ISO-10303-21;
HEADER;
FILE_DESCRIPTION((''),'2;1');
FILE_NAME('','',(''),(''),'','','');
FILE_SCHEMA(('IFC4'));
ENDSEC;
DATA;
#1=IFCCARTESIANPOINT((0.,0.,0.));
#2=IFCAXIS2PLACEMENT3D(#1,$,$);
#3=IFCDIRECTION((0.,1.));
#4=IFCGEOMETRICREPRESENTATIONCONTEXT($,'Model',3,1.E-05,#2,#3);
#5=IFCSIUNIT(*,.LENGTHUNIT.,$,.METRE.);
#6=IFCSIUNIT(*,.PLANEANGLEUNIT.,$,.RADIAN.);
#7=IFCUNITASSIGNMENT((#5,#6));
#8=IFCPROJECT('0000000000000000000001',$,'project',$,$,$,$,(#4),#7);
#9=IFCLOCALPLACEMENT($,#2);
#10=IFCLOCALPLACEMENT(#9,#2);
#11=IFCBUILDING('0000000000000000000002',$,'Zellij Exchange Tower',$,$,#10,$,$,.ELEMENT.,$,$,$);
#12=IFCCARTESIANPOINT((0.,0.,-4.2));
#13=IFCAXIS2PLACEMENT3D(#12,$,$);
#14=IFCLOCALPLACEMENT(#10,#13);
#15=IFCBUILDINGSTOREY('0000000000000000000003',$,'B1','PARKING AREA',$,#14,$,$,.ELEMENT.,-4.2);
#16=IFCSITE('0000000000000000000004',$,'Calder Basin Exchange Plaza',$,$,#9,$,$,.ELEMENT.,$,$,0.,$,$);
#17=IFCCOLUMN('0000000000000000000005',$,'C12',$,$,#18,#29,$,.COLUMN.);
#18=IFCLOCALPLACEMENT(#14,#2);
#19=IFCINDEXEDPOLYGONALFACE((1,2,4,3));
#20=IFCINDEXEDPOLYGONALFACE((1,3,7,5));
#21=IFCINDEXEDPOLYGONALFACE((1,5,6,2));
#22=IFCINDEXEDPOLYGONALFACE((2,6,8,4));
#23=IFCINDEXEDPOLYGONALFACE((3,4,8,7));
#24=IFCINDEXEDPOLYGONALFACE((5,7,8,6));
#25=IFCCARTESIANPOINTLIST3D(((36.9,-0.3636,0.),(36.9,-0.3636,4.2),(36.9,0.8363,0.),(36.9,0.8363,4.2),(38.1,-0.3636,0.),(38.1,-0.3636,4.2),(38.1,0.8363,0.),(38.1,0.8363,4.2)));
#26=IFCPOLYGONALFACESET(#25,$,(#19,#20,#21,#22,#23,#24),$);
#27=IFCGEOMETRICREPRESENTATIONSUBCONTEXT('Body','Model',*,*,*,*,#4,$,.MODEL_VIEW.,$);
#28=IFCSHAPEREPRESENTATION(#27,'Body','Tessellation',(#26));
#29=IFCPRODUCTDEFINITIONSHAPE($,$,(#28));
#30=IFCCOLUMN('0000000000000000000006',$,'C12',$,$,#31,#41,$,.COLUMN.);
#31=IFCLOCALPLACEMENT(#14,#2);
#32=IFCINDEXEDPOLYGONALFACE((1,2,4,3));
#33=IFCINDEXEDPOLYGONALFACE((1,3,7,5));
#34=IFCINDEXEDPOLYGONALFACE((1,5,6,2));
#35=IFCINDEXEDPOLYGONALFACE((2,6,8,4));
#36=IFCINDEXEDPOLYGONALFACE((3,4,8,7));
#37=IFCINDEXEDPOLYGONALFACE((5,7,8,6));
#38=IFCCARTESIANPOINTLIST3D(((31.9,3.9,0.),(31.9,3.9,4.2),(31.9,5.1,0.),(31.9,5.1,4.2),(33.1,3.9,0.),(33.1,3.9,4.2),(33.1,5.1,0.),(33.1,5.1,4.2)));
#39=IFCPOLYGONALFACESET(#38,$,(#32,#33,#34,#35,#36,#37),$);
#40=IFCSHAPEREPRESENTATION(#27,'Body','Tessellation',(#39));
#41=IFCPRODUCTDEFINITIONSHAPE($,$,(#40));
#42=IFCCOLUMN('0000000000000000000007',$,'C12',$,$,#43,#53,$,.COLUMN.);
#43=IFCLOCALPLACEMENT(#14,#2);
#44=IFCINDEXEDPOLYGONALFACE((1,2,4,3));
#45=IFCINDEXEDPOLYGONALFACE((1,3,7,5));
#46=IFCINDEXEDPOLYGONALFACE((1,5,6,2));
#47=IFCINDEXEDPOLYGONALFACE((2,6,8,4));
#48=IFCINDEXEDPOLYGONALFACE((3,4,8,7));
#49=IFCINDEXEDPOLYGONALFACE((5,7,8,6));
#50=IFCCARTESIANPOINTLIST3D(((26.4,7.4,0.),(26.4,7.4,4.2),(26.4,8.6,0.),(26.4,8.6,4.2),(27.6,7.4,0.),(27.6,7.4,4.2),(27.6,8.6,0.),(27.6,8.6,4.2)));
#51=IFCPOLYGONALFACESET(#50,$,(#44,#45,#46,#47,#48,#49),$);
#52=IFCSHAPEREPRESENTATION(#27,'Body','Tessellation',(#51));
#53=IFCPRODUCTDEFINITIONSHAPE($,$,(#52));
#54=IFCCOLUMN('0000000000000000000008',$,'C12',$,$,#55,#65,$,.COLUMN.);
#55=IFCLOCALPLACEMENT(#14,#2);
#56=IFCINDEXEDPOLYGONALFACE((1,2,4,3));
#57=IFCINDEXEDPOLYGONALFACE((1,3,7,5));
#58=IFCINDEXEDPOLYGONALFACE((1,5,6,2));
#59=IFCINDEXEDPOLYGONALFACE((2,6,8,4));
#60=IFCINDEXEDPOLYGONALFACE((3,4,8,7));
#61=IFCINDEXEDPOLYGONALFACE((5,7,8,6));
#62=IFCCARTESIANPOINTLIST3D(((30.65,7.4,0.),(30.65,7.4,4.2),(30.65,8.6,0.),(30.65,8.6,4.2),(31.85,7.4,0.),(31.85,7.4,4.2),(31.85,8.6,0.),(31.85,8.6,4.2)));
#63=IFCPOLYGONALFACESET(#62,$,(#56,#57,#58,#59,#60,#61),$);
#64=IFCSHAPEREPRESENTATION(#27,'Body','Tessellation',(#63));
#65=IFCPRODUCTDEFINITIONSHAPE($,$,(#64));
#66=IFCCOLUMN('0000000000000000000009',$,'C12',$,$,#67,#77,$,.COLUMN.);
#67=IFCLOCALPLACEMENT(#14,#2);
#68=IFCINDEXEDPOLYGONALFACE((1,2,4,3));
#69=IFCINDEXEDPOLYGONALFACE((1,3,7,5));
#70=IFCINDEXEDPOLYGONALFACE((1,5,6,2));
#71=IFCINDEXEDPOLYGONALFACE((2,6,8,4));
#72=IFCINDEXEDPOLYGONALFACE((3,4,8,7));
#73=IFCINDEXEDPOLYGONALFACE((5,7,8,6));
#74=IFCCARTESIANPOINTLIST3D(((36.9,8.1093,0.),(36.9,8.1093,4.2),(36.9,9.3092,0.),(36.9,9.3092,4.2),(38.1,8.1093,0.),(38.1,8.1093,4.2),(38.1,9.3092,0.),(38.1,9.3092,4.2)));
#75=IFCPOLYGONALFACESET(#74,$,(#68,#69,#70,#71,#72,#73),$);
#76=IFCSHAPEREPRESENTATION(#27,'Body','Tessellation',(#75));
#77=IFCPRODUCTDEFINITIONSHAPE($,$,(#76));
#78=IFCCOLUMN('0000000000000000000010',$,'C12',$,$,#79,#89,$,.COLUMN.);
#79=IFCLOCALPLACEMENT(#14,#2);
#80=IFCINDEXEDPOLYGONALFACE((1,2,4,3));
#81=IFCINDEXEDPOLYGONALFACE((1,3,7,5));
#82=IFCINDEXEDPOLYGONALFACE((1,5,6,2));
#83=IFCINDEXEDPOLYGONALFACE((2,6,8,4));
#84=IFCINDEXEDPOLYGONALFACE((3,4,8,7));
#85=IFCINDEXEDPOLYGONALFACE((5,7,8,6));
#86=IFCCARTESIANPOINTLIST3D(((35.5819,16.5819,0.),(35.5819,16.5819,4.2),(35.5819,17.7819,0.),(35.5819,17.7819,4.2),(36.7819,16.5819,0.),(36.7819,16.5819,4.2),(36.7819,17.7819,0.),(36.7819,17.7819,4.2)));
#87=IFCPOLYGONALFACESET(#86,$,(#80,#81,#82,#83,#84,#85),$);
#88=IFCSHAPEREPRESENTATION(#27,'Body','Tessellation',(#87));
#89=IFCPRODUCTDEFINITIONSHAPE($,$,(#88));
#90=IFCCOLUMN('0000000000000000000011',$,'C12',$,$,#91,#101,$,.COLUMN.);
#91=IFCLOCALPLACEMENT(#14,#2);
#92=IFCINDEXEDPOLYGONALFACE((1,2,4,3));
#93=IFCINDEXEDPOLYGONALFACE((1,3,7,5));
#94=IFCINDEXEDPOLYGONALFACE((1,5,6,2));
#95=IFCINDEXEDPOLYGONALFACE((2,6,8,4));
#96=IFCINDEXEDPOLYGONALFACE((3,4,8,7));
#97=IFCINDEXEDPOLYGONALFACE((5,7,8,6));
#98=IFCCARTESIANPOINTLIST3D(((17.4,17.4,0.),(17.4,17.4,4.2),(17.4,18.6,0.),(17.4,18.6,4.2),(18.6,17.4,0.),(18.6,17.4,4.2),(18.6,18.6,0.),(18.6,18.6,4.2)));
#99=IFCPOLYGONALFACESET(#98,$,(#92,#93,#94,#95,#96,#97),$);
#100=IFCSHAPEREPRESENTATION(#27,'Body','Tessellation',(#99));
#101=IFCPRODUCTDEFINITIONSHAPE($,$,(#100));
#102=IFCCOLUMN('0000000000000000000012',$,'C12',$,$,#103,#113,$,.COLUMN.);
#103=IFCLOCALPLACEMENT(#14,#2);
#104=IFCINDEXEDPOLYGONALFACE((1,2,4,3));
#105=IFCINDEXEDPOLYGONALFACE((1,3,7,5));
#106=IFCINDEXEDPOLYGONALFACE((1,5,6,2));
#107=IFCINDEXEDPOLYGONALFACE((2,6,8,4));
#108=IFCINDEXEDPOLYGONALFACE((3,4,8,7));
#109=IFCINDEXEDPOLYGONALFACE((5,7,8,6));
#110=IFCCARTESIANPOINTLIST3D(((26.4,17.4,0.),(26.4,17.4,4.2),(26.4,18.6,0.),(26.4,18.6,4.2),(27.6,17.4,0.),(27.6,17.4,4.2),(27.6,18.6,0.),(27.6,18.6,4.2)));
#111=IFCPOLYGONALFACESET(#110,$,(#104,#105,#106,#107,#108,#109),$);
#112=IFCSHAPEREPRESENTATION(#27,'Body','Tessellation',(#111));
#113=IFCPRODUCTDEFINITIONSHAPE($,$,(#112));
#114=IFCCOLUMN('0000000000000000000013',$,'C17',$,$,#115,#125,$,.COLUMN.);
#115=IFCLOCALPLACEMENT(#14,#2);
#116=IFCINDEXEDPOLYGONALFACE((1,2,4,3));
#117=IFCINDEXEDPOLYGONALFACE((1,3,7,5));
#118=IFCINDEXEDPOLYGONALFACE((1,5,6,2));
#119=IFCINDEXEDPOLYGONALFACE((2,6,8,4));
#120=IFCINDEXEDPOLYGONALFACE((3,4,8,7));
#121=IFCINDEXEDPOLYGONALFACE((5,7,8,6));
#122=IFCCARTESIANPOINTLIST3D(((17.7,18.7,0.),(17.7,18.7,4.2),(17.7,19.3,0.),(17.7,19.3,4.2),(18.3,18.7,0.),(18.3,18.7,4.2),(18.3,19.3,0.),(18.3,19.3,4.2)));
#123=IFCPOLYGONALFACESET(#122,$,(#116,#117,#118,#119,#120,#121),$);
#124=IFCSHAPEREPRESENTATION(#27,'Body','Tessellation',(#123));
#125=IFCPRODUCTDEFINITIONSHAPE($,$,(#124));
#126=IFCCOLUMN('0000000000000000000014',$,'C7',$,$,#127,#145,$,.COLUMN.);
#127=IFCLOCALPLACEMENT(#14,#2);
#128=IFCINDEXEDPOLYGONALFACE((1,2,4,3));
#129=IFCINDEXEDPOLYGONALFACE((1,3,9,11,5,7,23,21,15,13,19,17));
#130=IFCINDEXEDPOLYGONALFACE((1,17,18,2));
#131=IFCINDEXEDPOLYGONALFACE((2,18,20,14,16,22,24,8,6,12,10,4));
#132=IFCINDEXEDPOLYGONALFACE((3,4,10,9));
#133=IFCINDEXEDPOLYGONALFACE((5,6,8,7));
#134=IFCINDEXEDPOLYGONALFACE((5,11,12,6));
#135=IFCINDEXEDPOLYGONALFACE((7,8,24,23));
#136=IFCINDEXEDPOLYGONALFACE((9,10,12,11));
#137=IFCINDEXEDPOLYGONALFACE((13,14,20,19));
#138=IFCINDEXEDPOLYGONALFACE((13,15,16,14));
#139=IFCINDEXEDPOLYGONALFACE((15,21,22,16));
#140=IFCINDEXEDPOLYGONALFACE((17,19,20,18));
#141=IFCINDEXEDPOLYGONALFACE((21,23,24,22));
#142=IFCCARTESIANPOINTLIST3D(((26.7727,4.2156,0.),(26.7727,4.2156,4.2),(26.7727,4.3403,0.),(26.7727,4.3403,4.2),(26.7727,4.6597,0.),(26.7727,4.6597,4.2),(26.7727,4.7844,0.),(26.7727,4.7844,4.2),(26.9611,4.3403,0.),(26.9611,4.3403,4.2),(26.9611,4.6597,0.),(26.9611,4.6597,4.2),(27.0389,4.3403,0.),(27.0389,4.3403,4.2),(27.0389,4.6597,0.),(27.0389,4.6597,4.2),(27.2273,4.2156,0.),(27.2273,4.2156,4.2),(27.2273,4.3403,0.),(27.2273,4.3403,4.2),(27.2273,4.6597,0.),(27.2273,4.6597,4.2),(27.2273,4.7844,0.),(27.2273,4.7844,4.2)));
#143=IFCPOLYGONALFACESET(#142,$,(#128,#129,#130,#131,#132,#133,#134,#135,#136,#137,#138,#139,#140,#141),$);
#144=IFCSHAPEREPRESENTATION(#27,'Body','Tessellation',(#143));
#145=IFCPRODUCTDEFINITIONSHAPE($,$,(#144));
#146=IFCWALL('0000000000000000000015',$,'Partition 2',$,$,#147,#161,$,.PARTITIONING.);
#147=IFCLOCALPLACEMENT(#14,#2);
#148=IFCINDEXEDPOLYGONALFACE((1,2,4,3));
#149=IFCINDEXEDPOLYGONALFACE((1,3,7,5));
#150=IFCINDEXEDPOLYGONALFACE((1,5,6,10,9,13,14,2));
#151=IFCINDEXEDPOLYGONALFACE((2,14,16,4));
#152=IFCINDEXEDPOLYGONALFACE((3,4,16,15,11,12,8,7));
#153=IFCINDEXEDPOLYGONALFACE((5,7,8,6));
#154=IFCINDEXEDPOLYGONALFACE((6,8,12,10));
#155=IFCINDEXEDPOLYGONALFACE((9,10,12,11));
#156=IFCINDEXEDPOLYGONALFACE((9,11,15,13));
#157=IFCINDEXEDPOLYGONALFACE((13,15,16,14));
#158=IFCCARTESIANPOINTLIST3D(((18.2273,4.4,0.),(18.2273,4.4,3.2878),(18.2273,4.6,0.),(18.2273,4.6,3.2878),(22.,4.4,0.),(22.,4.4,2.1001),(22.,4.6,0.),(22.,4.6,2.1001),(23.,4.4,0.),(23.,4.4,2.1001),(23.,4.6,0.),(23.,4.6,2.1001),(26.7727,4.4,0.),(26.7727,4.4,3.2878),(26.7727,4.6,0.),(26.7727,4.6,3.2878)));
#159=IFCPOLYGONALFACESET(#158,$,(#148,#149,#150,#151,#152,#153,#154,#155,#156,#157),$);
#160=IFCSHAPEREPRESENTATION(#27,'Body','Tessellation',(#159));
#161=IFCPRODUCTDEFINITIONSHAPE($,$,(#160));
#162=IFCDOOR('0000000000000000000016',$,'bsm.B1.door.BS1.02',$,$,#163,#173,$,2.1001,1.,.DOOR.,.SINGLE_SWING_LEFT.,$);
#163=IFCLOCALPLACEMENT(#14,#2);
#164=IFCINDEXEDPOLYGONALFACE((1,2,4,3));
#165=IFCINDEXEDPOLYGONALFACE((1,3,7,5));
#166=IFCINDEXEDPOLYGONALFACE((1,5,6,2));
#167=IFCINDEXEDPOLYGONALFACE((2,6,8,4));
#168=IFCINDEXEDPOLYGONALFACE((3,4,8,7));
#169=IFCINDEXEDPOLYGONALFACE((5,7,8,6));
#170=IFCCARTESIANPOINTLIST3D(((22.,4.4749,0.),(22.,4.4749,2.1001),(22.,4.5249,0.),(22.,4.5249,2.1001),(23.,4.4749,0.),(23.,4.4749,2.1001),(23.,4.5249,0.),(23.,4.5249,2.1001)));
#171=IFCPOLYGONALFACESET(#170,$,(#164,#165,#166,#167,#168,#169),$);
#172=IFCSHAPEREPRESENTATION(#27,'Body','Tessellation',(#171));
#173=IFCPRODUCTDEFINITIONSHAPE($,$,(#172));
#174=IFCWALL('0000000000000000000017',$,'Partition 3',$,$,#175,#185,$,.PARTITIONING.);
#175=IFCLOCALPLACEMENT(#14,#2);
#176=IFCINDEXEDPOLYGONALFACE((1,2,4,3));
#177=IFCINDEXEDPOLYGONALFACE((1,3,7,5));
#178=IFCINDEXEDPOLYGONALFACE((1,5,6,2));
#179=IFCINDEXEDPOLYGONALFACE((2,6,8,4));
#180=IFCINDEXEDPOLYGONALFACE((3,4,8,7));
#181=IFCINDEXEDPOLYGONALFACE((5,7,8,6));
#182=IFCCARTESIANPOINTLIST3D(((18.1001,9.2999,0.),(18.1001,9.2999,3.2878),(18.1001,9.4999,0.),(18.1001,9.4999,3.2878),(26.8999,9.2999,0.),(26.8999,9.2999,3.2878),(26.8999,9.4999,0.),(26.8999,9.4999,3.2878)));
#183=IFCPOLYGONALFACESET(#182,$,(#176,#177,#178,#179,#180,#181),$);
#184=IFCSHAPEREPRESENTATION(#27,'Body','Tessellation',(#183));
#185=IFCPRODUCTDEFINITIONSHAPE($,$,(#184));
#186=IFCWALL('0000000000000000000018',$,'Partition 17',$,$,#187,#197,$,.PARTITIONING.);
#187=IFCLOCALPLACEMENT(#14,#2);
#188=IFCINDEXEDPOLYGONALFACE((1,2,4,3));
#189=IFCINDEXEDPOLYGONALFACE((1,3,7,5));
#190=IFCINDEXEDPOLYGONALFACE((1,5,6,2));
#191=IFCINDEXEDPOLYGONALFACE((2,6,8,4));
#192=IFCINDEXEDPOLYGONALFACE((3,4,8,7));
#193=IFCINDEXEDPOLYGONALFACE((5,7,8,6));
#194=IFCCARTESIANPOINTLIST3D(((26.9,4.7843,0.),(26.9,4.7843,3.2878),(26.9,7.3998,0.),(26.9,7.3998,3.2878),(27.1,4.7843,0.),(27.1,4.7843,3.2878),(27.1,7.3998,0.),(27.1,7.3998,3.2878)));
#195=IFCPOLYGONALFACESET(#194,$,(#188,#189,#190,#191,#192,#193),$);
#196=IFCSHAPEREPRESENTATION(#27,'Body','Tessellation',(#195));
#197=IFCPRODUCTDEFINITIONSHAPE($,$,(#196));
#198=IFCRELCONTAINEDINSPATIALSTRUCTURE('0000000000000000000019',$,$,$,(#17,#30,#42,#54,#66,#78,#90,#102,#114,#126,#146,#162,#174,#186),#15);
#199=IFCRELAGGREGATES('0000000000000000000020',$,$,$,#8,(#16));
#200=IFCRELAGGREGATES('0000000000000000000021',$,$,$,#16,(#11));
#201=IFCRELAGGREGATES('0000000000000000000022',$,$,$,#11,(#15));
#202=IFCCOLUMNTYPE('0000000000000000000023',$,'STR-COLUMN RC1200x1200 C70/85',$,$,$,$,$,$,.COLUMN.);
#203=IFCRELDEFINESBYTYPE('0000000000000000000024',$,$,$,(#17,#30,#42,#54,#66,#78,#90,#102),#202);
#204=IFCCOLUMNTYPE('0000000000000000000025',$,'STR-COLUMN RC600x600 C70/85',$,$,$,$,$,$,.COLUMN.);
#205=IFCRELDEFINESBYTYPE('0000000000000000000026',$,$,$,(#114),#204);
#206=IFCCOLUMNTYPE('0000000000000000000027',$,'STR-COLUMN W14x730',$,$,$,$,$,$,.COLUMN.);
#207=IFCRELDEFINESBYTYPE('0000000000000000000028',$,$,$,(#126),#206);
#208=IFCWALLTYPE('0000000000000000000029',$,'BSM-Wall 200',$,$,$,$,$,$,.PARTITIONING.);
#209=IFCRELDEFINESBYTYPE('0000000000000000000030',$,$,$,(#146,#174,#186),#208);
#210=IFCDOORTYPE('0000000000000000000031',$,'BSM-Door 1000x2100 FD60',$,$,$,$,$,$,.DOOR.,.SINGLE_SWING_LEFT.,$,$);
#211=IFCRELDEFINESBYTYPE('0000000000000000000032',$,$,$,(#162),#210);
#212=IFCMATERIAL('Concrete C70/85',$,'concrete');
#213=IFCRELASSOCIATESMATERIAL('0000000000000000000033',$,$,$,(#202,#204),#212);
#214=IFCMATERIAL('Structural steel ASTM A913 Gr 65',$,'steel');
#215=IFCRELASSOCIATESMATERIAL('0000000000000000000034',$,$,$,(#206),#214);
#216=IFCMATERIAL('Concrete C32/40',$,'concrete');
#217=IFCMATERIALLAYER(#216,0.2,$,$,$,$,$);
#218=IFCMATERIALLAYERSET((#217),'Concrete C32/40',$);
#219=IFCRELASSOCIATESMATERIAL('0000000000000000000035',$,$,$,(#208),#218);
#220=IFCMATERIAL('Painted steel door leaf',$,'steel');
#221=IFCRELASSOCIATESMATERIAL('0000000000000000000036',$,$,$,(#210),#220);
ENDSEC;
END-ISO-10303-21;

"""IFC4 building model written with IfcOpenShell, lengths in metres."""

from ifc_helpers import new_model, si_unit, direction, frame, frame_2d, origin, origin_2d, place, context, subcontext, project, spatial, rectangle, i_section, extrude, material, layer, layer_set, material_profile, profile_set, type_object, element, fill, save


model = new_model("IFC4")

# Units and contexts
model_context = context("Model", 3, precision=1e-05, world=origin(), true_north=direction((0.0, 1.0)))
body_context = subcontext(model_context, "Body", "Model", "MODEL_VIEW")
ifc_project = project(units=[si_unit("LENGTHUNIT", "METRE"), si_unit("PLANEANGLEUNIT", "RADIAN")], contexts=[model_context])

# Site, building, storey
site_placement = place(None, origin())
site = spatial("IfcSite", under=ifc_project, at=site_placement, Name="Calder Basin Exchange Plaza", CompositionType="ELEMENT", RefElevation=0.0)
building_placement = place(site_placement, origin())
building = spatial("IfcBuilding", under=site, at=building_placement, Name="Zellij Exchange Tower", CompositionType="ELEMENT")
storey_placement = place(building_placement, frame((0.0, 0.0, -4.2)))
storey = spatial("IfcBuildingStorey", under=building, at=storey_placement, Name="B1", Description="PARKING AREA", CompositionType="ELEMENT", Elevation=-4.2)

# Columns
ifc_material_1 = material(Name="Concrete C70/85", Category="concrete")
ifc_material_profile_1 = material_profile(ifc_material_1, rectangle(XDim=1.2, YDim=1.2, at=origin_2d()), Name="STR-COLUMN RC1200x1200 C70/85")
ifc_profile_set_1 = profile_set([ifc_material_profile_1], Name="Concrete C70/85")
column_type_1 = type_object("IfcColumnType", Name="STR-COLUMN RC1200x1200 C70/85", PredefinedType="COLUMN", material=ifc_profile_set_1)
for number, where, z_axis, x_axis, name in (
    (1, (37.5, 0.2363, 0.0), (0.0, 0.0, 1.0), (1.0, 0.0, 0.0), "C12"),
    (2, (32.5, 4.5, 0.0), (0.0, 0.0, 1.0), (1.0, 0.0, 0.0), "C12"),
    (3, (27.0, 8.0, 0.0), (0.0, 0.0, 1.0), (1.0, 0.0, 0.0), "C12"),
    (4, (31.25, 8.0, 0.0), (0.0, 0.0, 1.0), (1.0, 0.0, 0.0), "C12"),
    (5, (37.5, 8.7092, 0.0), (0.0, 0.0, 1.0), (1.0, 0.0, 0.0), "C12"),
    (6, (36.1819, 17.1819, 0.0), (0.0, 0.0, 1.0), (1.0, 0.0, 0.0), "C12"),
    (7, (18.0, 18.0, 0.0), (0.0, 0.0, 1.0), (1.0, 0.0, 0.0), "C12"),
    (8, (27.0, 18.0, 0.0), (0.0, 0.0, 1.0), (1.0, 0.0, 0.0), "C12"),
):
    element("IfcColumn", number, at=place(storey_placement, frame(where, z_axis=z_axis, x_axis=x_axis)), inside=storey, type_object=column_type_1, Name=name, PredefinedType="COLUMN", context=body_context, shape_type="SweptSolid", body=[
        extrude(rectangle(XDim=1.2, YDim=1.2, at=origin_2d()), origin(), (0.0, 0.0, 1.0), 4.2),
    ])
ifc_material_profile_2 = material_profile(ifc_material_1, rectangle(XDim=0.6001, YDim=0.6001, at=origin_2d()), Name="STR-COLUMN RC600x600 C70/85")
ifc_profile_set_2 = profile_set([ifc_material_profile_2], Name="Concrete C70/85")
column_type_2 = type_object("IfcColumnType", Name="STR-COLUMN RC600x600 C70/85", PredefinedType="COLUMN", material=ifc_profile_set_2)
column_1_placement = place(storey_placement, frame((18.0, 19.0, 0.0), z_axis=(0.0, 0.0, 1.0), x_axis=(1.0, 0.0, 0.0)))
element("IfcColumn", 9, at=column_1_placement, inside=storey, type_object=column_type_2, Name="C17", PredefinedType="COLUMN", context=body_context, shape_type="SweptSolid", body=[
    extrude(rectangle(XDim=0.6001, YDim=0.6001, at=origin_2d()), origin(), (0.0, 0.0, 1.0), 4.2),
])
ifc_material_2 = material(Name="Structural steel ASTM A913 Gr 65", Category="steel")
ifc_material_profile_3 = material_profile(ifc_material_2, i_section(OverallWidth=0.4546, OverallDepth=0.5688, WebThickness=0.0779, FlangeThickness=0.1248, at=origin_2d()), Name="W14x730")
ifc_profile_set_3 = profile_set([ifc_material_profile_3], Name="Structural steel ASTM A913 Gr 65")
column_type_3 = type_object("IfcColumnType", Name="STR-COLUMN W14x730", PredefinedType="COLUMN", material=ifc_profile_set_3)
column_2_placement = place(storey_placement, frame((27.0, 4.5, 0.0), z_axis=(0.0, 0.0, 1.0), x_axis=(1.0, 0.0, 0.0)))
element("IfcColumn", 10, at=column_2_placement, inside=storey, type_object=column_type_3, Name="C7", PredefinedType="COLUMN", context=body_context, shape_type="SweptSolid", body=[
    extrude(i_section(OverallWidth=0.4546, OverallDepth=0.5688, WebThickness=0.0779, FlangeThickness=0.1248, at=origin_2d()), origin(), (0.0, 0.0, 1.0), 4.2),
])

# Wall, opening, door
ifc_material_3 = material(Name="Concrete C32/40", Category="concrete")
ifc_layer_1 = layer(ifc_material_3, 0.2)
ifc_layer_set_1 = layer_set([ifc_layer_1], Name="Concrete C32/40")
wall_type_1 = type_object("IfcWallType", Name="BSM-Wall 200", PredefinedType="PARTITIONING", material=ifc_layer_set_1)
wall_1_placement = place(storey_placement, frame((18.2273, 4.5, 0.0), z_axis=(0.0, 0.0, 1.0), x_axis=(1.0, 0.0, 0.0)))
wall_1 = element("IfcWall", 11, at=wall_1_placement, inside=storey, type_object=wall_type_1, Name="Partition 2", PredefinedType="PARTITIONING", context=body_context, shape_type="SweptSolid", body=[
    extrude(rectangle(XDim=8.5454, YDim=0.2, at=frame_2d((4.2727, 0.0))), origin(), (0.0, 0.0, 1.0), 3.2878),
])
opening_placement = place(wall_1_placement, frame((3.7727, 0.0, 0.0)))
opening = element("IfcOpeningElement", 12, at=opening_placement, cuts=wall_1, PredefinedType="OPENING", context=body_context, shape_type="SweptSolid", body=[
    extrude(rectangle(XDim=1.0, YDim=2.1001, at=frame_2d((0.5, 1.05))), frame((0.0, 0.1118, 0.0), z_axis=(0.0, -1.0, 0.0), x_axis=(1.0, 0.0, 0.0)), (0.0, 0.0, 1.0), 0.2239),
])
ifc_material_4 = material(Name="Painted steel door leaf", Category="steel")
door_type = type_object("IfcDoorType", Name="BSM-Door 1000x2100 FD60", OperationType="SINGLE_SWING_LEFT", PredefinedType="DOOR", material=ifc_material_4)
door_placement = place(opening_placement, origin())
door = element("IfcDoor", 13, at=door_placement, inside=storey, type_object=door_type, Name="bsm.B1.door.BS1.02", OperationType="SINGLE_SWING_LEFT", OverallHeight=2.1001, OverallWidth=1.0, PredefinedType="DOOR", context=body_context, shape_type="SweptSolid", body=[
    extrude(rectangle(XDim=1.0, YDim=2.1001, at=frame_2d((0.5, 1.05))), frame((0.0, 0.0249, 0.0), z_axis=(0.0, -1.0, 0.0), x_axis=(1.0, 0.0, 0.0)), (0.0, 0.0, 1.0), 0.05),
])
fill(opening, door)

# Walls
wall_2_placement = place(storey_placement, frame((18.1001, 9.3999, 0.0), z_axis=(0.0, 0.0, 1.0), x_axis=(1.0, 0.0, 0.0)))
element("IfcWall", 14, at=wall_2_placement, inside=storey, type_object=wall_type_1, Name="Partition 3", PredefinedType="PARTITIONING", context=body_context, shape_type="SweptSolid", body=[
    extrude(rectangle(XDim=8.7998, YDim=0.2, at=frame_2d((4.3999, 0.0))), origin(), (0.0, 0.0, 1.0), 3.2878),
])
wall_3_placement = place(storey_placement, frame((27.0, 4.7844, 0.0), z_axis=(0.0, 0.0, 1.0), x_axis=(0.0, 1.0, 0.0)))
element("IfcWall", 15, at=wall_3_placement, inside=storey, type_object=wall_type_1, Name="Partition 17", PredefinedType="PARTITIONING", context=body_context, shape_type="SweptSolid", body=[
    extrude(rectangle(XDim=2.6155, YDim=0.2, at=frame_2d((1.3076, 0.0))), origin(), (0.0, 0.0, 1.0), 3.2878),
])

save(model, "model.ifc")
